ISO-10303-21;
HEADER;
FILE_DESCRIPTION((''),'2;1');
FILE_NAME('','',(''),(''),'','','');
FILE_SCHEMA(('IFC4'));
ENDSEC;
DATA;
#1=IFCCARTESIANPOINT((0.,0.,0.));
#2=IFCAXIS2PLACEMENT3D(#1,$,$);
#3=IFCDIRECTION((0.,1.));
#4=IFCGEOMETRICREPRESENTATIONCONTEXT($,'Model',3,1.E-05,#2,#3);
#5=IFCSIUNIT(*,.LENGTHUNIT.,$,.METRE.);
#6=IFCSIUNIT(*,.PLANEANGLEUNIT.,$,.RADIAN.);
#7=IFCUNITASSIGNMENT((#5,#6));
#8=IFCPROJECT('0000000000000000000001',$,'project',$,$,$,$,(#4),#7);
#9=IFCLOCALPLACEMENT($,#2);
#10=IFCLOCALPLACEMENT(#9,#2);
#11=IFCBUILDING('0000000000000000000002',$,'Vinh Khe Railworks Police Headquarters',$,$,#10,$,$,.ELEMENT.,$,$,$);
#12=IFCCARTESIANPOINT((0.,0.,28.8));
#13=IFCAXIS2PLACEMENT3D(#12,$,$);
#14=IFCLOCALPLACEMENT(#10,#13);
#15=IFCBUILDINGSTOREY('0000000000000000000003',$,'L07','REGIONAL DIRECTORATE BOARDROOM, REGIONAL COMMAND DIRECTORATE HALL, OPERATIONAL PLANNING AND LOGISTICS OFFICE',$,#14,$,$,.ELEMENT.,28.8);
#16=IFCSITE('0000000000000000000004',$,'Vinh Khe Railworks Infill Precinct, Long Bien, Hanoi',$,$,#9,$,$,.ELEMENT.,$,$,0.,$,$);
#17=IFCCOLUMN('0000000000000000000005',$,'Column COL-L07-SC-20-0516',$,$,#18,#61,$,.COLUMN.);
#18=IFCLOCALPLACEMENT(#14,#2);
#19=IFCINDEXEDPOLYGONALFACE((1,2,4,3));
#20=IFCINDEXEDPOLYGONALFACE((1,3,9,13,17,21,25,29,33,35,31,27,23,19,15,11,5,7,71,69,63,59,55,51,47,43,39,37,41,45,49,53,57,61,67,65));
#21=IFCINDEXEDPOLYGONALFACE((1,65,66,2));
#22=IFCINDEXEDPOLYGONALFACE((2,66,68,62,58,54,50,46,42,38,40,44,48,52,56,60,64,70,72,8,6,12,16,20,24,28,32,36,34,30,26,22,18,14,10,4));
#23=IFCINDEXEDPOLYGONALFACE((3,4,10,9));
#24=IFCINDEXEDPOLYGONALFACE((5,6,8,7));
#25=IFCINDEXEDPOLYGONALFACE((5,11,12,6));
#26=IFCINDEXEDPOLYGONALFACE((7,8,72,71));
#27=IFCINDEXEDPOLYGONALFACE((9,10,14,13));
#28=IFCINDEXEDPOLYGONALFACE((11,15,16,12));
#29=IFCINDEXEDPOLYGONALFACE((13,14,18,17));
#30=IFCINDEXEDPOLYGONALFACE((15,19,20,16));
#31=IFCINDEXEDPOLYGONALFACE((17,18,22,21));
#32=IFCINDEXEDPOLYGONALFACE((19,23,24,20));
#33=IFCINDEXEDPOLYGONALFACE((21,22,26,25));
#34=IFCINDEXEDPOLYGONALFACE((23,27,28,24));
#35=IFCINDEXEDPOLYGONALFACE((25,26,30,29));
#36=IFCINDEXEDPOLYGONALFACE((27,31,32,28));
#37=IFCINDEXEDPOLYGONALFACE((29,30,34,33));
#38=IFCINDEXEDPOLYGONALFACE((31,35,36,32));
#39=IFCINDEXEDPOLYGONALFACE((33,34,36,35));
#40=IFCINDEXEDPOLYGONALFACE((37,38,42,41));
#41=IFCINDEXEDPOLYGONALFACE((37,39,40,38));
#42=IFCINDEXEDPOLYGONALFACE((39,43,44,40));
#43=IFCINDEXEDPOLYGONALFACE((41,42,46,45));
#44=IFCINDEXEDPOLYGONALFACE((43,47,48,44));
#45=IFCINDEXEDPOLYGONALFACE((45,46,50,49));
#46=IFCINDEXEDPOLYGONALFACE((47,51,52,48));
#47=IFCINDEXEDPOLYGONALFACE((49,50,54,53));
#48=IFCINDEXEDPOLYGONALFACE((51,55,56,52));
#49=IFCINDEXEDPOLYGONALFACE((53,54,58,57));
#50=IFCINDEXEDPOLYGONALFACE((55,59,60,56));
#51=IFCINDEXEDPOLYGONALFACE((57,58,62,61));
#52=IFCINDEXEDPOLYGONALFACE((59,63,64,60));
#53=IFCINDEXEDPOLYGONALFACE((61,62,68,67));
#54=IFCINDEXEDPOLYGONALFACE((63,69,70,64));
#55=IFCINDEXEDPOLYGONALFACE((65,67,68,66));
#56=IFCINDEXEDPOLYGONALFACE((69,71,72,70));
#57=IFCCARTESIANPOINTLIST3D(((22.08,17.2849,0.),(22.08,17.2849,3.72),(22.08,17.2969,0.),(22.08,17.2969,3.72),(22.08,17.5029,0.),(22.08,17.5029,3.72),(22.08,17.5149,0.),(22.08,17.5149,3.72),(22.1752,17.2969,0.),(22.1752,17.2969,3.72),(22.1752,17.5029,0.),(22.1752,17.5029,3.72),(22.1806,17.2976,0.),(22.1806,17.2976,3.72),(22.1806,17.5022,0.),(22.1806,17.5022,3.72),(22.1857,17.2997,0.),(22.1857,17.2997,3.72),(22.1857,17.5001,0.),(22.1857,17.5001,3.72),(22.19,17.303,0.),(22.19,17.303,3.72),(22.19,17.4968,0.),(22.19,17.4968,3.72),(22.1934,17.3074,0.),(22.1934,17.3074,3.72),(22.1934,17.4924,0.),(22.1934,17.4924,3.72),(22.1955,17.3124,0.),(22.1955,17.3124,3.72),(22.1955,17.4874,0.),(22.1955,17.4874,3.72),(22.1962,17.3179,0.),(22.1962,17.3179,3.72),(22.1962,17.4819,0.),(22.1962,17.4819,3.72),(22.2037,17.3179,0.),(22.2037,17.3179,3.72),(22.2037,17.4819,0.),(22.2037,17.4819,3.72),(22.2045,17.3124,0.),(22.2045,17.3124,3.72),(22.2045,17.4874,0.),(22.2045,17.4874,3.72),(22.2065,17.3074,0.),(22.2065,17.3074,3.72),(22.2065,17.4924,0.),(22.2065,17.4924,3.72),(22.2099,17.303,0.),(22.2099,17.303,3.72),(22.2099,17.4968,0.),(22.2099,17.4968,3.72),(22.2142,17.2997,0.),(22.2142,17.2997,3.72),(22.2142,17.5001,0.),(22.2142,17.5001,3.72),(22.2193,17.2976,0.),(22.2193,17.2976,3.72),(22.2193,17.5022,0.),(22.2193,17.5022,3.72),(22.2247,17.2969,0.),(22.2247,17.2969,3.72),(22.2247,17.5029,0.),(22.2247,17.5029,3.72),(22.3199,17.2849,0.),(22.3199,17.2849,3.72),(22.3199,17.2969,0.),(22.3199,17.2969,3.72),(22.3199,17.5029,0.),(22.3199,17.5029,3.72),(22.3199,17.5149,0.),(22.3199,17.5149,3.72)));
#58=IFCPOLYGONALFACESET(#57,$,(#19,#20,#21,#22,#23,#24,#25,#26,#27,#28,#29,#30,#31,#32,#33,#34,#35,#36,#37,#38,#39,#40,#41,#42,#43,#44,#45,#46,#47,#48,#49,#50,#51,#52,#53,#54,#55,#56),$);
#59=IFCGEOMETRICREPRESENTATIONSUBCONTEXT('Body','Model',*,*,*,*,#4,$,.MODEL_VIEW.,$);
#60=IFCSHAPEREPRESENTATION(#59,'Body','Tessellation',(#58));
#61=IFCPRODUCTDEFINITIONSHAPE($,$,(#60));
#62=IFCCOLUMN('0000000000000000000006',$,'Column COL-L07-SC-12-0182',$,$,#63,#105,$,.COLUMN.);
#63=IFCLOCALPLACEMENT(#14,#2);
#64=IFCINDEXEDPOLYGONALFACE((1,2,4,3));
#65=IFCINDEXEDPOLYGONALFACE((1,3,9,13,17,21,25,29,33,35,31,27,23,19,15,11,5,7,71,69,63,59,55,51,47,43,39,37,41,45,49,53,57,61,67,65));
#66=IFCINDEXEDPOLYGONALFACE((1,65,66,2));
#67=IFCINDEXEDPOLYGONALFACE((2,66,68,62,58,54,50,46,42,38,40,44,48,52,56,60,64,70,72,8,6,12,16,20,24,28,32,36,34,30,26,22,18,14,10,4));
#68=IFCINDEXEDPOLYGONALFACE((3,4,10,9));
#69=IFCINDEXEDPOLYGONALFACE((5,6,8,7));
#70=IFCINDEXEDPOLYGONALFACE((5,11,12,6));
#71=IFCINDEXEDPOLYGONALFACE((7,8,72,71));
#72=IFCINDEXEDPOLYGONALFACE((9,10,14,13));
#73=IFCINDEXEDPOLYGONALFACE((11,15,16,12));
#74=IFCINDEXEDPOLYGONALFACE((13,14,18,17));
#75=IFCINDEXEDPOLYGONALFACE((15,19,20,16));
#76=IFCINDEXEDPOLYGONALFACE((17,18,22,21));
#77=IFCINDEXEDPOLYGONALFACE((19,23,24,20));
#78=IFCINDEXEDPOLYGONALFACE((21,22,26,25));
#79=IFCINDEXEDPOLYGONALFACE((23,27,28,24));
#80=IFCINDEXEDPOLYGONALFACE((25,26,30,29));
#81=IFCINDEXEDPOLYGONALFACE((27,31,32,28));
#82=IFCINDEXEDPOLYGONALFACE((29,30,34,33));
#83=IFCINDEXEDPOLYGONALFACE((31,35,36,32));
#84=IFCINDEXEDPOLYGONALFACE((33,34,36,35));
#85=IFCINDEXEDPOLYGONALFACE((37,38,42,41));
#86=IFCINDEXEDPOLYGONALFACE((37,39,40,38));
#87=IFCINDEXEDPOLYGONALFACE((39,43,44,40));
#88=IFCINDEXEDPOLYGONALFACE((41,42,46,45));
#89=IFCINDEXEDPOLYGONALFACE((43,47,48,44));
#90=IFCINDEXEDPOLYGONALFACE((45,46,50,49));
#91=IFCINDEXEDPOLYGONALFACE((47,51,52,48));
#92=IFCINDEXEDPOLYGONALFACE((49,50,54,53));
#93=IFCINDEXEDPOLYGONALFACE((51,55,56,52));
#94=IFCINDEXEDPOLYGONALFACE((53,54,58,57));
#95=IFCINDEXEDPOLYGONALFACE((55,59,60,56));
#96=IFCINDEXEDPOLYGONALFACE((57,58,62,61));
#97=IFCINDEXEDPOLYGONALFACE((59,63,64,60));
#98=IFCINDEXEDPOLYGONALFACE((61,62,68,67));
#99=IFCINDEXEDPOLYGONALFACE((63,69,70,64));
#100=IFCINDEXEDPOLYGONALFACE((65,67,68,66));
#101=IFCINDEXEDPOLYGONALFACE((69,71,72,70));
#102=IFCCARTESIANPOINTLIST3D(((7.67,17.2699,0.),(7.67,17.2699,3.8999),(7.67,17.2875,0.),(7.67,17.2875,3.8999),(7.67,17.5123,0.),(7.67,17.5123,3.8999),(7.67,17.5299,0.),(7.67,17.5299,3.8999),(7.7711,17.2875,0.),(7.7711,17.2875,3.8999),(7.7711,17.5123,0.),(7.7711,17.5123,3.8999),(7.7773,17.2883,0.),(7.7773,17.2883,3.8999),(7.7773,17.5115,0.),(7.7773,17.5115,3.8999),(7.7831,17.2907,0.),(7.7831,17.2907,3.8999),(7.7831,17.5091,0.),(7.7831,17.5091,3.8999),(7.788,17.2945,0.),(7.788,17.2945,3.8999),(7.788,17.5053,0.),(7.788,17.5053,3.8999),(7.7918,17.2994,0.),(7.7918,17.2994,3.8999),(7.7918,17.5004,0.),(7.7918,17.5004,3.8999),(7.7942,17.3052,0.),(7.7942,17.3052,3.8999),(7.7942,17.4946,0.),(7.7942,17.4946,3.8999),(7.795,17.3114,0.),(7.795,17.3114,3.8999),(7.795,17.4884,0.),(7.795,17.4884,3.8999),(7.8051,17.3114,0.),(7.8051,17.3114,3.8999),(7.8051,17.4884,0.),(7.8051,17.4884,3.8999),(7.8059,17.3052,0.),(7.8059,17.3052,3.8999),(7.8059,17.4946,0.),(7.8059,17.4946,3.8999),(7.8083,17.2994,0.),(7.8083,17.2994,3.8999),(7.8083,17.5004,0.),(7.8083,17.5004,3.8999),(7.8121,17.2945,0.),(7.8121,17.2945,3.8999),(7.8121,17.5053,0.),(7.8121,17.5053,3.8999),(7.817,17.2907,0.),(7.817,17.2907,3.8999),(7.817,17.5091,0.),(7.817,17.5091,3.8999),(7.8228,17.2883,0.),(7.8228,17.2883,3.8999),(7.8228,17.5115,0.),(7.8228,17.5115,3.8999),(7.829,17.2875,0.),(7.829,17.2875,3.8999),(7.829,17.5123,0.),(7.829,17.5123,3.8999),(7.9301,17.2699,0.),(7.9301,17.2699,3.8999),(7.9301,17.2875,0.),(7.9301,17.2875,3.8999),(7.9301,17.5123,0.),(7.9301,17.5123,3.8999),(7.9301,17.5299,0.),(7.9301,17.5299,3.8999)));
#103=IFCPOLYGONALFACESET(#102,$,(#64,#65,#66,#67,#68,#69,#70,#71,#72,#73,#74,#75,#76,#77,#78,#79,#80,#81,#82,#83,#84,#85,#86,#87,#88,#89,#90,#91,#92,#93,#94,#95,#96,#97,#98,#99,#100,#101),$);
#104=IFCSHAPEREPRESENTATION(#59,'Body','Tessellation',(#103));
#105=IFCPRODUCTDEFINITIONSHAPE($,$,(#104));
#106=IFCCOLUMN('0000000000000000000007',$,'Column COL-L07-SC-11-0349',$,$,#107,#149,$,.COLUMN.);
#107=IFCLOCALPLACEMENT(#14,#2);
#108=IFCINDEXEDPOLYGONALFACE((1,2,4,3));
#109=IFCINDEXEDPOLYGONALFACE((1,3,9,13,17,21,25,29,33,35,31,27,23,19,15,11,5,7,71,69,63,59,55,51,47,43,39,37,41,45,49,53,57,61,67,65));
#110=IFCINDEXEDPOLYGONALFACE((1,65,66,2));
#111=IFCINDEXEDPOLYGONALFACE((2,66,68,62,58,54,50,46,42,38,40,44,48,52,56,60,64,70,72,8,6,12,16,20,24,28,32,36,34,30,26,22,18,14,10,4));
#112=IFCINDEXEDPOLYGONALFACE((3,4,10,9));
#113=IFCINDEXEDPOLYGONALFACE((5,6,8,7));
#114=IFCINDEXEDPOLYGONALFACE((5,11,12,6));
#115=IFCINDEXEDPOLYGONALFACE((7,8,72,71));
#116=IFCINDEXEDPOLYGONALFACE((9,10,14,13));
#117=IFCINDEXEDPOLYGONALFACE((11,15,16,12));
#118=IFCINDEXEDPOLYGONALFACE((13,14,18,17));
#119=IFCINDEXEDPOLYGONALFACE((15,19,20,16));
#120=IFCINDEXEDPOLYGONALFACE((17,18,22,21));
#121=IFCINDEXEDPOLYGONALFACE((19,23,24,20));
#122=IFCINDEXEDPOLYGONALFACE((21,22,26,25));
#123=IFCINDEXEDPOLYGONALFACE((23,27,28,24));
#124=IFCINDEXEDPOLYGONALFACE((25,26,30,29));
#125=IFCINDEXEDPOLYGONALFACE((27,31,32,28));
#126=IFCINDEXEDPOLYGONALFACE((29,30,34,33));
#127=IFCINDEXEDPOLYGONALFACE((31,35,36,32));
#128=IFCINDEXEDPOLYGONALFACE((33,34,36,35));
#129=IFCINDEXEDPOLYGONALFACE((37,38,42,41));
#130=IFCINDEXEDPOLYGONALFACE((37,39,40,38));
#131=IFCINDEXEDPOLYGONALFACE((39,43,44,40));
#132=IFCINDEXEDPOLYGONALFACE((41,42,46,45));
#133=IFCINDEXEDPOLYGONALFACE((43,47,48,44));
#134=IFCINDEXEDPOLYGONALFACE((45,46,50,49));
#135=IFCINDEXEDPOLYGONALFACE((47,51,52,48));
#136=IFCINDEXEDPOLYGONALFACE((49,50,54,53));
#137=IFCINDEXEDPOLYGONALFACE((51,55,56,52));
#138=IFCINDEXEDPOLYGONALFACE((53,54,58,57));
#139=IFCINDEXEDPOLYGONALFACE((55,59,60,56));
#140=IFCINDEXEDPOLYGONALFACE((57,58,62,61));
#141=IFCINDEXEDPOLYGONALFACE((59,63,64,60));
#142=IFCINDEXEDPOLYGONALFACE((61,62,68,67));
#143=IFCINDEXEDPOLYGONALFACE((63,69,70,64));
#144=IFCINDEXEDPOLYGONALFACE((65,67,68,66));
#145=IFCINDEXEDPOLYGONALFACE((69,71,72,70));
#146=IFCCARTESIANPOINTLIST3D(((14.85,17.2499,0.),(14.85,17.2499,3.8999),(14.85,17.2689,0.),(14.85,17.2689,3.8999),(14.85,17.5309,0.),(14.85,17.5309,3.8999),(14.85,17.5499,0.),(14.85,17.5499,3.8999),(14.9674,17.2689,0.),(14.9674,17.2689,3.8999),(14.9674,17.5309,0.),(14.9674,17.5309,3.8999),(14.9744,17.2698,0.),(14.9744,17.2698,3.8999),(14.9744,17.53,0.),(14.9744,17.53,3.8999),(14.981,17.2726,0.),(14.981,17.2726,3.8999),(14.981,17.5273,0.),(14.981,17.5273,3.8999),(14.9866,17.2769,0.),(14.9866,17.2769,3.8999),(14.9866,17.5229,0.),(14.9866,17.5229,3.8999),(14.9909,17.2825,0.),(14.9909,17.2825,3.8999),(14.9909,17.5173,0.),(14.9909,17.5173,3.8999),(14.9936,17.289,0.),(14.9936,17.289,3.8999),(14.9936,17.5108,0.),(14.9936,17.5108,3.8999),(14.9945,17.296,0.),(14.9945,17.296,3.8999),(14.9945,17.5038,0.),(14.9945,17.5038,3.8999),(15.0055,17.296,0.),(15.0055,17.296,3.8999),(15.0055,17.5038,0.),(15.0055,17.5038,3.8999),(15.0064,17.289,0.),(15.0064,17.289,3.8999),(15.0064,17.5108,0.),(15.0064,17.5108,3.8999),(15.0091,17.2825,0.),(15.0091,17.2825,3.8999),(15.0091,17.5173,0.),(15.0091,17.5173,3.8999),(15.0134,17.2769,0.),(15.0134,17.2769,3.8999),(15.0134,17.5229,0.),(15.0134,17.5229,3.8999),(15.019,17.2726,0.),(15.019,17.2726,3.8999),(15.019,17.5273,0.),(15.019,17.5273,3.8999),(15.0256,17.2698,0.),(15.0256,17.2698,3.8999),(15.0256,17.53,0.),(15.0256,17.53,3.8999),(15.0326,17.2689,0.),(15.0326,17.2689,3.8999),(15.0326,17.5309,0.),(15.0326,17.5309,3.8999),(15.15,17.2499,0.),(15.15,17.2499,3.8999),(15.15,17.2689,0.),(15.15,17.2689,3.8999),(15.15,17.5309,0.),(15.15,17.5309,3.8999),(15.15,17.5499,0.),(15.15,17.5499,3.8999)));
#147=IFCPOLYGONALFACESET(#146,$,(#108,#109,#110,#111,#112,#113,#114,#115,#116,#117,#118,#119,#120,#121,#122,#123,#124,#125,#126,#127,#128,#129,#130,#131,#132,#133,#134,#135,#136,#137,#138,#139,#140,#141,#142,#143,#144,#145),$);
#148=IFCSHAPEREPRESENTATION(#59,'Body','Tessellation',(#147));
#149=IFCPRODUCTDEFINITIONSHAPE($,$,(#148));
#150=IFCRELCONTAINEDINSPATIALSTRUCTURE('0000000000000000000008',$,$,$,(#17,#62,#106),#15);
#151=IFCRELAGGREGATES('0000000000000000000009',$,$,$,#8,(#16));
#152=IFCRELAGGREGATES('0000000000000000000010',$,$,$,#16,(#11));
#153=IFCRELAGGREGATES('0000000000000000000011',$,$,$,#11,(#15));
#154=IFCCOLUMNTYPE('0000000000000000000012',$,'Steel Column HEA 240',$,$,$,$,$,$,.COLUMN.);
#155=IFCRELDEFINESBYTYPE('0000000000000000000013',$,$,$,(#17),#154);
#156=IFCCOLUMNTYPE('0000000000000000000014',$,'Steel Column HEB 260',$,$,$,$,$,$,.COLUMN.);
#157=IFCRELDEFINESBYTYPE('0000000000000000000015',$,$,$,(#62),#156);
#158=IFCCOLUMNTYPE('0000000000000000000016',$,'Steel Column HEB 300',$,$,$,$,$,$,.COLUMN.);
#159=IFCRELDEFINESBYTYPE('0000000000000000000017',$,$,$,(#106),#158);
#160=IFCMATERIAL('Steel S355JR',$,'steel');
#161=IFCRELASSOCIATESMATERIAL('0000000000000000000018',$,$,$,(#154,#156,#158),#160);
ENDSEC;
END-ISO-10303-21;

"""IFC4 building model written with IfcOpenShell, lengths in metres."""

from ifc_helpers import new_model, si_unit, direction, frame, origin, origin_2d, place, context, subcontext, project, spatial, i_section, extrude, material, material_profile, profile_set, type_object, element, save


model = new_model("IFC4")

# Units and contexts
model_context = context("Model", 3, precision=1e-05, world=origin(), true_north=direction((0.0, 1.0)))
body_context = subcontext(model_context, "Body", "Model", "MODEL_VIEW")
ifc_project = project(units=[si_unit("LENGTHUNIT", "METRE"), si_unit("PLANEANGLEUNIT", "RADIAN")], contexts=[model_context])

# Site, building, storey
site_placement = place(None, origin())
site = spatial("IfcSite", under=ifc_project, at=site_placement, Name="Vinh Khe Railworks Infill Precinct, Long Bien, Hanoi", CompositionType="ELEMENT", RefElevation=0.0)
building_placement = place(site_placement, origin())
building = spatial("IfcBuilding", under=site, at=building_placement, Name="Vinh Khe Railworks Police Headquarters", CompositionType="ELEMENT")
storey_placement = place(building_placement, frame((0.0, 0.0, 28.8)))
storey = spatial("IfcBuildingStorey", under=building, at=storey_placement, Name="L07", Description="REGIONAL DIRECTORATE BOARDROOM, REGIONAL COMMAND DIRECTORATE HALL, OPERATIONAL PLANNING AND LOGISTICS OFFICE", CompositionType="ELEMENT", Elevation=28.8)

# Columns
ifc_material_1 = material(Name="Steel S355JR", Category="steel")
ifc_material_profile_1 = material_profile(ifc_material_1, i_section(OverallWidth=0.24, OverallDepth=0.23, WebThickness=0.0076, FlangeThickness=0.012, FilletRadius=0.021, at=origin_2d()), Name="HEA 240")
ifc_profile_set_1 = profile_set([ifc_material_profile_1], Name="Steel S355JR")
column_type_1 = type_object("IfcColumnType", Name="Steel Column HEA 240", PredefinedType="COLUMN", material=ifc_profile_set_1)
column_1_placement = place(storey_placement, frame((22.2, 17.3999, 0.0), z_axis=(0.0, 0.0, 1.0), x_axis=(1.0, 0.0, 0.0)))
element("IfcColumn", 1, at=column_1_placement, inside=storey, type_object=column_type_1, Name="Column COL-L07-SC-20-0516", PredefinedType="COLUMN", context=body_context, shape_type="SweptSolid", body=[
    extrude(i_section(OverallWidth=0.24, OverallDepth=0.23, WebThickness=0.0076, FlangeThickness=0.012, FilletRadius=0.021, at=origin_2d()), origin(), (0.0, 0.0, 1.0), 3.72),
])
ifc_material_profile_2 = material_profile(ifc_material_1, i_section(OverallWidth=0.26, OverallDepth=0.26, WebThickness=0.01, FlangeThickness=0.0176, FilletRadius=0.0239, at=origin_2d()), Name="HEB 260")
ifc_profile_set_2 = profile_set([ifc_material_profile_2], Name="Steel S355JR")
column_type_2 = type_object("IfcColumnType", Name="Steel Column HEB 260", PredefinedType="COLUMN", material=ifc_profile_set_2)
column_2_placement = place(storey_placement, frame((7.8, 17.3999, 0.0), z_axis=(0.0, 0.0, 1.0), x_axis=(1.0, 0.0, 0.0)))
element("IfcColumn", 2, at=column_2_placement, inside=storey, type_object=column_type_2, Name="Column COL-L07-SC-12-0182", PredefinedType="COLUMN", context=body_context, shape_type="SweptSolid", body=[
    extrude(i_section(OverallWidth=0.26, OverallDepth=0.26, WebThickness=0.01, FlangeThickness=0.0176, FilletRadius=0.0239, at=origin_2d()), origin(), (0.0, 0.0, 1.0), 3.8999),
])
ifc_material_profile_3 = material_profile(ifc_material_1, i_section(OverallWidth=0.3, OverallDepth=0.3, WebThickness=0.011, FlangeThickness=0.019, FilletRadius=0.0271, at=origin_2d()), Name="HEB 300")
ifc_profile_set_3 = profile_set([ifc_material_profile_3], Name="Steel S355JR")
column_type_3 = type_object("IfcColumnType", Name="Steel Column HEB 300", PredefinedType="COLUMN", material=ifc_profile_set_3)
column_3_placement = place(storey_placement, frame((15.0, 17.3999, 0.0), z_axis=(0.0, 0.0, 1.0), x_axis=(1.0, 0.0, 0.0)))
element("IfcColumn", 3, at=column_3_placement, inside=storey, type_object=column_type_3, Name="Column COL-L07-SC-11-0349", PredefinedType="COLUMN", context=body_context, shape_type="SweptSolid", body=[
    extrude(i_section(OverallWidth=0.3, OverallDepth=0.3, WebThickness=0.011, FlangeThickness=0.019, FilletRadius=0.0271, at=origin_2d()), origin(), (0.0, 0.0, 1.0), 3.8999),
])

save(model, "model.ifc")
